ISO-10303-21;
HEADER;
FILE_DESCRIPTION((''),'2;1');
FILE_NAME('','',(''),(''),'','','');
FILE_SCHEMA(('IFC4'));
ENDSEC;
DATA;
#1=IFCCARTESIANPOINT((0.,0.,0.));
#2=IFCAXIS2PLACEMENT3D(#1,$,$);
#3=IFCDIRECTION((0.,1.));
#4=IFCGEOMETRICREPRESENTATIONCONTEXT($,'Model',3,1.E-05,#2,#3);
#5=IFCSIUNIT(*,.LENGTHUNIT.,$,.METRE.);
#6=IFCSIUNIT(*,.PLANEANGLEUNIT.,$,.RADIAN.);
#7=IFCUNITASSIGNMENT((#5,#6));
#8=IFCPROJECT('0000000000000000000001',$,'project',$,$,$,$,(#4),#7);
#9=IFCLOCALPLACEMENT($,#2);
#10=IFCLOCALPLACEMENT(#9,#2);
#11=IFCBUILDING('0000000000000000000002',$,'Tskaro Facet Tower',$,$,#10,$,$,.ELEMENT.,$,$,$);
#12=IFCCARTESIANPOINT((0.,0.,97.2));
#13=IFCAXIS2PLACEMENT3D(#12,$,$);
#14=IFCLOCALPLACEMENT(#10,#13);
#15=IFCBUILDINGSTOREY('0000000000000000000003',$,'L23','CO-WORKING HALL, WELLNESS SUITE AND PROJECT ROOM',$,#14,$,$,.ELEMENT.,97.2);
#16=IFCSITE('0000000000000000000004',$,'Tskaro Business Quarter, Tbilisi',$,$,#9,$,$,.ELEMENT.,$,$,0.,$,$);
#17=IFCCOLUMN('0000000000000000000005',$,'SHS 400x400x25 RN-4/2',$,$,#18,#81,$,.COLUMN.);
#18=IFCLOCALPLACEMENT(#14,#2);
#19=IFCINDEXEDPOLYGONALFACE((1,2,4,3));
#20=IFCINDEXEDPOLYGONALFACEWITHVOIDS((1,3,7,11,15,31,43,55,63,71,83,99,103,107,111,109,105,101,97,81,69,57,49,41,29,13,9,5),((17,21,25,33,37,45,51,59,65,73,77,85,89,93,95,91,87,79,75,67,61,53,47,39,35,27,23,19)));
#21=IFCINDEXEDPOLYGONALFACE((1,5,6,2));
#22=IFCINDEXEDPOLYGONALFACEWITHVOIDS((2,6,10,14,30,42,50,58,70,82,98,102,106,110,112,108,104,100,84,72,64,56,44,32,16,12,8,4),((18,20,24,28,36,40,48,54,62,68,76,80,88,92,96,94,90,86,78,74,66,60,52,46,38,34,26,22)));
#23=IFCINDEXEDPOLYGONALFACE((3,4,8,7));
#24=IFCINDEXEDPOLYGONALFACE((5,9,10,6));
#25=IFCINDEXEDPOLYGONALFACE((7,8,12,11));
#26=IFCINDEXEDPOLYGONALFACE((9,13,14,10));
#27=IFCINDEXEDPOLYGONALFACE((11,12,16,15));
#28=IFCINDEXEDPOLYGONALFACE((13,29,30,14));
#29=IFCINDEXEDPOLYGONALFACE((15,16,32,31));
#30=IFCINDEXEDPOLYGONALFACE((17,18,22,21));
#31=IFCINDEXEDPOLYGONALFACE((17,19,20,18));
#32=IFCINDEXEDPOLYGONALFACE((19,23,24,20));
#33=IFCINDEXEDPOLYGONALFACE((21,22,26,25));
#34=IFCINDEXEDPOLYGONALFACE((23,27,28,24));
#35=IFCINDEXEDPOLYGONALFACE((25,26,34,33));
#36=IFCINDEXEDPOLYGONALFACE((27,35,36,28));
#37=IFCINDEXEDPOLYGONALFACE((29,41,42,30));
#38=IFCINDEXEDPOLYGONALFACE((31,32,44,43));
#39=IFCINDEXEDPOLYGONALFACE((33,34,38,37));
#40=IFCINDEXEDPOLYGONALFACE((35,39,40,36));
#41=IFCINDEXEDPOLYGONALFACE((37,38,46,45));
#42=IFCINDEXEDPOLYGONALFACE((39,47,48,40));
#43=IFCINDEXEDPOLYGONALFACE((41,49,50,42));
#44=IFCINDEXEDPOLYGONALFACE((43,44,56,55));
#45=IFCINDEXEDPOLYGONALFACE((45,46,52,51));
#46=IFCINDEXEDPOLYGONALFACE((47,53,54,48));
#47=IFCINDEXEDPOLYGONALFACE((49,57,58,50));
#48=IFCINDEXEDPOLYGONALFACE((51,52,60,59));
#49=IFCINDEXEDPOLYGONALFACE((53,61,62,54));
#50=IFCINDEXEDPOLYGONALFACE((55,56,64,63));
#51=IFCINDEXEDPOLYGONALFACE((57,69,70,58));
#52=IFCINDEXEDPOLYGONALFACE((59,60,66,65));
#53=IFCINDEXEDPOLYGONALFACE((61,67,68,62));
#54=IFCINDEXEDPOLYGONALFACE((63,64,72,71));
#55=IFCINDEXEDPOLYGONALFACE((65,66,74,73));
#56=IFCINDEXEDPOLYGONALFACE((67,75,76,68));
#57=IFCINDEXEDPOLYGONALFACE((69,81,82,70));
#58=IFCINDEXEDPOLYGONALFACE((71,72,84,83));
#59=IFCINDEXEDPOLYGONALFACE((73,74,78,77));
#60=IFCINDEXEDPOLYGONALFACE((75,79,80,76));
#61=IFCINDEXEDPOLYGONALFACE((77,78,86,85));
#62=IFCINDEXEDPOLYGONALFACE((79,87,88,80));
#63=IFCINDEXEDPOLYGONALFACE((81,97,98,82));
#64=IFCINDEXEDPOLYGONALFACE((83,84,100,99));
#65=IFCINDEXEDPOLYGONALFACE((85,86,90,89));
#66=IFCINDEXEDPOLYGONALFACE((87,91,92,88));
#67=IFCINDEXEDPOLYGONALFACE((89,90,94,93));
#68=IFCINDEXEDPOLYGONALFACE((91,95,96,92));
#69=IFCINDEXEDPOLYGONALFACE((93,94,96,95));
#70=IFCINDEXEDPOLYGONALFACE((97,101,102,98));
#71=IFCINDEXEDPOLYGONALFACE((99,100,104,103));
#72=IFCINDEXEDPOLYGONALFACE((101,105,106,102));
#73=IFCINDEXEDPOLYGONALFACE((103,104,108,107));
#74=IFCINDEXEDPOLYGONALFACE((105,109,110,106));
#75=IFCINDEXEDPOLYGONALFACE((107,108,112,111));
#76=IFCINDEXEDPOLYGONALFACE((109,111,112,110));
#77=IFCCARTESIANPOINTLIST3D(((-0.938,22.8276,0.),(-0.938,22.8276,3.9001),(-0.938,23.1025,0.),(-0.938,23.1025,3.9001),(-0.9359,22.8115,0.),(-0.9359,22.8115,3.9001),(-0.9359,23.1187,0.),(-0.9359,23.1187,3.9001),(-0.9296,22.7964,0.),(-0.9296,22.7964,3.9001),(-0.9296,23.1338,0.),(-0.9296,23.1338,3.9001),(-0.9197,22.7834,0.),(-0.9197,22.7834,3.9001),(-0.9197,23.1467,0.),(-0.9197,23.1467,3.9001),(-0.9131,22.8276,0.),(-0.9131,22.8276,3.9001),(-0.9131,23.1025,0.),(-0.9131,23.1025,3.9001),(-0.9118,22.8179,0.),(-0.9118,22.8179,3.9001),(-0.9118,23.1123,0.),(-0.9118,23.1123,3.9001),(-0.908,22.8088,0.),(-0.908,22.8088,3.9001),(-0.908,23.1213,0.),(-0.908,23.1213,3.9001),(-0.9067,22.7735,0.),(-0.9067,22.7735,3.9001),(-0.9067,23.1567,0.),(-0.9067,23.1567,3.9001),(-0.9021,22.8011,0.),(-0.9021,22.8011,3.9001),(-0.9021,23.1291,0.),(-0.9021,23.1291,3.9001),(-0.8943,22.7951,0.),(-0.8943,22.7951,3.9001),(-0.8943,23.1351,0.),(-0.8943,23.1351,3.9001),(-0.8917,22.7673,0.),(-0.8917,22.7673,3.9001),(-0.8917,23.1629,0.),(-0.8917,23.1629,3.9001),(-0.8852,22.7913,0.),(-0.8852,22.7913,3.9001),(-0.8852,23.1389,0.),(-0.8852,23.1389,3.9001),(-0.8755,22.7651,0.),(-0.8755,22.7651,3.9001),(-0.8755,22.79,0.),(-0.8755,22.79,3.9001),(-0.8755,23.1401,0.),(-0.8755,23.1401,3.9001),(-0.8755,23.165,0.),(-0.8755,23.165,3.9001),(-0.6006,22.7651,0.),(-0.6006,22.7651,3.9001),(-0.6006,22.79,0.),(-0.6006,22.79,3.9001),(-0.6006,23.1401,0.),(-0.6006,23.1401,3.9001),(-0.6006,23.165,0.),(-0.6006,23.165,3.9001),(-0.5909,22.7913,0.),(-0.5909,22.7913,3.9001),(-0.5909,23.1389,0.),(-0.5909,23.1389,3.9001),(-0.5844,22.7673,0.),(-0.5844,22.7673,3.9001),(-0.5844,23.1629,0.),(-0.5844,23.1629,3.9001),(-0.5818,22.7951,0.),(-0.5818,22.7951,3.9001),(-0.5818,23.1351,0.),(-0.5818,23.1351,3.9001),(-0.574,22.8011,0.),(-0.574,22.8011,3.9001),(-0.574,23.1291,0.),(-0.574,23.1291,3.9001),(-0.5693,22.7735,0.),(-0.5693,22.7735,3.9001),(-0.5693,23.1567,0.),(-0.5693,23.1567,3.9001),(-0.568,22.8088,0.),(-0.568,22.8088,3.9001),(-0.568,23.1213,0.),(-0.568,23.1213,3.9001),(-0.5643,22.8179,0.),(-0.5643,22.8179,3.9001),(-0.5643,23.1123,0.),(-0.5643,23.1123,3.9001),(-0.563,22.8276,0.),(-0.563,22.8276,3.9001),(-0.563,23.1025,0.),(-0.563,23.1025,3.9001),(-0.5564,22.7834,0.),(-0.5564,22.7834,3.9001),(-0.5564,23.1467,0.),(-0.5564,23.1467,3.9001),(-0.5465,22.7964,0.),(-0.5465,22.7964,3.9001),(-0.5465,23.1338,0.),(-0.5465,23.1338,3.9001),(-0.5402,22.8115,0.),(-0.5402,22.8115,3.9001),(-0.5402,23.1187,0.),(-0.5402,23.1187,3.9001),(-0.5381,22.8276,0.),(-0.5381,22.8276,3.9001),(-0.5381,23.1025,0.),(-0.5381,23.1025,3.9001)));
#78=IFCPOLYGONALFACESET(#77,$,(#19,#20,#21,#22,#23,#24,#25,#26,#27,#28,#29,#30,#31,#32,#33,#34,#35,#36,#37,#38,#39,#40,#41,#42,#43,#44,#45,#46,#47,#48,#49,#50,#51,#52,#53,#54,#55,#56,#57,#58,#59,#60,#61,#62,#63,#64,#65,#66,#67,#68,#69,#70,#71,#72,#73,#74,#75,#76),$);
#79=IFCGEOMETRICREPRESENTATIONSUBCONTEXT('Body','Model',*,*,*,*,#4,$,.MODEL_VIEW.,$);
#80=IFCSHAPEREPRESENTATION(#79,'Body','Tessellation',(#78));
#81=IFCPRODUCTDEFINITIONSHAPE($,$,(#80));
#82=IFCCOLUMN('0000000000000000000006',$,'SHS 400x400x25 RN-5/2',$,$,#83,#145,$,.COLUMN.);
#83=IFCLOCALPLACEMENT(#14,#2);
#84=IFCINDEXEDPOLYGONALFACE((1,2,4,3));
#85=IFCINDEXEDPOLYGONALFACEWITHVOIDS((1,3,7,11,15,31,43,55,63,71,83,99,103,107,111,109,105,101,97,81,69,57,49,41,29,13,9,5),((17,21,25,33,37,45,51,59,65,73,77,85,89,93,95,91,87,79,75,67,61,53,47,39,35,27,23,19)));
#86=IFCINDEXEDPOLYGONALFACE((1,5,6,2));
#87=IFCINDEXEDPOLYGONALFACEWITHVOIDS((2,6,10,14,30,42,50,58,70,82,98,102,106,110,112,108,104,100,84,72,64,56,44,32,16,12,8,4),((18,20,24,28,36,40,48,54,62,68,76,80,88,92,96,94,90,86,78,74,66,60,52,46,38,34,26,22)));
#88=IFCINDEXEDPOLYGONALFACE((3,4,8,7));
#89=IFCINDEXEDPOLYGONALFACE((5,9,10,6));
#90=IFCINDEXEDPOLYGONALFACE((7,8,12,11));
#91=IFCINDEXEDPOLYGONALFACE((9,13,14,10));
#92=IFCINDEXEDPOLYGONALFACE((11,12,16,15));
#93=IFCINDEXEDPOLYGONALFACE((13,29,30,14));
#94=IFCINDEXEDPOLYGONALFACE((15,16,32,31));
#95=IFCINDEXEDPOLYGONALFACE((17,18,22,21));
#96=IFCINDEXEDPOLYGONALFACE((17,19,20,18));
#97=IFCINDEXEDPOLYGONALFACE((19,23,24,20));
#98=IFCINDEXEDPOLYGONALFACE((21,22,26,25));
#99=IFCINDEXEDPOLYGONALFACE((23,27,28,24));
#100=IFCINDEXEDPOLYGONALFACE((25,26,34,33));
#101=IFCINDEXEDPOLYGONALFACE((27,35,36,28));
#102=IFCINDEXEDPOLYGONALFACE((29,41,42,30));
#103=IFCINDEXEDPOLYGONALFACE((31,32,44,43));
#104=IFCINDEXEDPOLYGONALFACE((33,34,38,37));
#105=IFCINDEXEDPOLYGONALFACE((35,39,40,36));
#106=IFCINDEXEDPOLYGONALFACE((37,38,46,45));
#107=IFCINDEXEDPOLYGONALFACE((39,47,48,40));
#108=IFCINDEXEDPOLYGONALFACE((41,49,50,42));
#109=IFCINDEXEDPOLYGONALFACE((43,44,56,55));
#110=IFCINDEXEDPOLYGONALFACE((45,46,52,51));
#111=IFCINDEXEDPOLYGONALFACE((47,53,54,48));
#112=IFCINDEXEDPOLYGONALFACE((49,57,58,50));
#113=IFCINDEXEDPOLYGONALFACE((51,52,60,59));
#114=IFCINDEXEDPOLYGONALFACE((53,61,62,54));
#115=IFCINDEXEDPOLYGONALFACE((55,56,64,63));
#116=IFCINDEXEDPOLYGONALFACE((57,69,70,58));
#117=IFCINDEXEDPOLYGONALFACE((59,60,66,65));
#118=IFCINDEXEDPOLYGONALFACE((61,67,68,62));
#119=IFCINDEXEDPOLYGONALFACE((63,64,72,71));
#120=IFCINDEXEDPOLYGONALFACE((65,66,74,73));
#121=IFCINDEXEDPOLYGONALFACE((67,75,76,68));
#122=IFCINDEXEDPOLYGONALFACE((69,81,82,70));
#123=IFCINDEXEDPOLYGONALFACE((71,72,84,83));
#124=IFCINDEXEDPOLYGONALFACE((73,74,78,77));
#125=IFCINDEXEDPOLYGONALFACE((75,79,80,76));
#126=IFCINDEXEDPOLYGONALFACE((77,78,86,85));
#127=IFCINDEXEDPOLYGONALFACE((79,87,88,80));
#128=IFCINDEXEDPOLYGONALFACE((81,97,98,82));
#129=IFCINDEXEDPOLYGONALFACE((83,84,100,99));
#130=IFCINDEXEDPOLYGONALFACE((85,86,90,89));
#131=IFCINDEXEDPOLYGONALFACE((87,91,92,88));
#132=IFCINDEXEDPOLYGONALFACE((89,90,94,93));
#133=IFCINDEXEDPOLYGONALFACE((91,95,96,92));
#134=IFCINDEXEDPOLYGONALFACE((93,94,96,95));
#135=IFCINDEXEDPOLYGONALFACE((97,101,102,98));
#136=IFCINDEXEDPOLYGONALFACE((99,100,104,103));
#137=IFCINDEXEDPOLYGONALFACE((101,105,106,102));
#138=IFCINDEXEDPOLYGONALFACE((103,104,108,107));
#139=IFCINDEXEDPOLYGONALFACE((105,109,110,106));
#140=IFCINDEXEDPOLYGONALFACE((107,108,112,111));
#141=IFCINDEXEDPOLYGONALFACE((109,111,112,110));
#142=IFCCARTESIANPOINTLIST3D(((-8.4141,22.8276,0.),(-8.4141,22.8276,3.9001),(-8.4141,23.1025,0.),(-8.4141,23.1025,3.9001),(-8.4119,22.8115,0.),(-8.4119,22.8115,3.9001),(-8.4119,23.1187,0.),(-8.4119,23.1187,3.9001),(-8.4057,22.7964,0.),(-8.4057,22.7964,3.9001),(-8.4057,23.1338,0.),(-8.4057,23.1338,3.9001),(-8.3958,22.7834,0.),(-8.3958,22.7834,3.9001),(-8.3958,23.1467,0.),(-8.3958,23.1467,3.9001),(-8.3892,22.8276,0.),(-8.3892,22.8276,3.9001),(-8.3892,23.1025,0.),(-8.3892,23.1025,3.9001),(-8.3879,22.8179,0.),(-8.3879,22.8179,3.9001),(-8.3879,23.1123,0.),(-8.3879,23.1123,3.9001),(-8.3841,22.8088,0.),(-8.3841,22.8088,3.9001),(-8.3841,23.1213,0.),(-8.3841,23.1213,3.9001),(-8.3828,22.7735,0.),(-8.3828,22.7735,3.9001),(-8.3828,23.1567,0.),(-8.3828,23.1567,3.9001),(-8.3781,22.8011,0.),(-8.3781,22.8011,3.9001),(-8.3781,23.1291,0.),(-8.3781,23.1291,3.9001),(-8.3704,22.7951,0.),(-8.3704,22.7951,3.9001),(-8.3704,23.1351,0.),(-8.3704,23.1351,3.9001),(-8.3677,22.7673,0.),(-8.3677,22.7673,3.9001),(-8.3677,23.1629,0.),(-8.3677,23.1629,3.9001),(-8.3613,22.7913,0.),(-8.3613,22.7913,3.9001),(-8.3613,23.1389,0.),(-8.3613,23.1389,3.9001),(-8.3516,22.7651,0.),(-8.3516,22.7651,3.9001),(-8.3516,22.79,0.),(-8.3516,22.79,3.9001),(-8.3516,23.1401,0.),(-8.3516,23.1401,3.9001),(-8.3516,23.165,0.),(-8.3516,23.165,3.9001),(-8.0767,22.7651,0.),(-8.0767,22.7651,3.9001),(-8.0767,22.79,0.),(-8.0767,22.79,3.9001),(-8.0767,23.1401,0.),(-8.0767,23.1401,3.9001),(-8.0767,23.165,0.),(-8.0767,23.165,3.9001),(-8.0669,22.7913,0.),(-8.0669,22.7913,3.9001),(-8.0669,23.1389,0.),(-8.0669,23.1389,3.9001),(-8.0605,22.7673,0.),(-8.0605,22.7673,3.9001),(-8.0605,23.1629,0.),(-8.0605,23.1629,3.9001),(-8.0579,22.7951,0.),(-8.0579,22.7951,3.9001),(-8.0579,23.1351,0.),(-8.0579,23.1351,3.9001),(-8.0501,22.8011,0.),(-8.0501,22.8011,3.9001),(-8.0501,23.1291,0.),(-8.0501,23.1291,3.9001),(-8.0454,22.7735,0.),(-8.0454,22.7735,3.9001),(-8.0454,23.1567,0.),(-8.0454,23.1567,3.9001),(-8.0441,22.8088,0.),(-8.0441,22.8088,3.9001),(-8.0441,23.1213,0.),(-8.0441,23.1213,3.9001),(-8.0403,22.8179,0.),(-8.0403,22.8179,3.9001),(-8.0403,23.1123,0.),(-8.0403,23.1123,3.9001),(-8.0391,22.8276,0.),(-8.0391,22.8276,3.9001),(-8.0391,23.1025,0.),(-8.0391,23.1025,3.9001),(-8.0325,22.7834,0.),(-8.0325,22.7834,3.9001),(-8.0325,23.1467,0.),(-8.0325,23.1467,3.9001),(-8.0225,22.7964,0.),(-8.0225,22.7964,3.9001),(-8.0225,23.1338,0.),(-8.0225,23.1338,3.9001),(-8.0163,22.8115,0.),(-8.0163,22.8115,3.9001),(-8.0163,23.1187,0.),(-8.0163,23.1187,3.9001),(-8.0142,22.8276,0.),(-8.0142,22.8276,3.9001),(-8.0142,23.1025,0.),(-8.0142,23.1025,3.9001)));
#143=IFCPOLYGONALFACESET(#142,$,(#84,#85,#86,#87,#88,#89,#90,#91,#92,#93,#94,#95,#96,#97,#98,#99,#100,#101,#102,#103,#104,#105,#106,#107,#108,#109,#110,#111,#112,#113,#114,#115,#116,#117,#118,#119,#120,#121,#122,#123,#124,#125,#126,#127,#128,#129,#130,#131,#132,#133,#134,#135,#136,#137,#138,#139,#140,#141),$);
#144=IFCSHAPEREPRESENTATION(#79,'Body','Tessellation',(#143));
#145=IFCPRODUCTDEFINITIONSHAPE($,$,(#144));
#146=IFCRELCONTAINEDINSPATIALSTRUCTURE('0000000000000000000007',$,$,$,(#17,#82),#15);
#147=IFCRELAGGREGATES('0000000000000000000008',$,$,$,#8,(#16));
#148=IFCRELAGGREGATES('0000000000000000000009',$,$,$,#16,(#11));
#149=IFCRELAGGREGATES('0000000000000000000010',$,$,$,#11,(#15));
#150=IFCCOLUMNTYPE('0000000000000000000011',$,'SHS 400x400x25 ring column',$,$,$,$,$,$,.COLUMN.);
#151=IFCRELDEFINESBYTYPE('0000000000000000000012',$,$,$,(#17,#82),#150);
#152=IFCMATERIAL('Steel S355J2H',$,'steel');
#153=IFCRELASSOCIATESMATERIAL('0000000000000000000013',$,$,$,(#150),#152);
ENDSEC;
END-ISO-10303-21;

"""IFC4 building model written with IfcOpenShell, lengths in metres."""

from ifc_helpers import new_model, si_unit, direction, frame, origin, origin_2d, place, context, subcontext, project, spatial, hollow_rectangle, extrude, material, material_profile, profile_set, type_object, element, save


model = new_model("IFC4")

# Units and contexts
model_context = context("Model", 3, precision=1e-05, world=origin(), true_north=direction((0.0, 1.0)))
body_context = subcontext(model_context, "Body", "Model", "MODEL_VIEW")
ifc_project = project(units=[si_unit("LENGTHUNIT", "METRE"), si_unit("PLANEANGLEUNIT", "RADIAN")], contexts=[model_context])

# Site, building, storey
site_placement = place(None, origin())
site = spatial("IfcSite", under=ifc_project, at=site_placement, Name="Tskaro Business Quarter, Tbilisi", CompositionType="ELEMENT", RefElevation=0.0)
building_placement = place(site_placement, origin())
building = spatial("IfcBuilding", under=site, at=building_placement, Name="Tskaro Facet Tower", CompositionType="ELEMENT")
storey_placement = place(building_placement, frame((0.0, 0.0, 97.2)))
storey = spatial("IfcBuildingStorey", under=building, at=storey_placement, Name="L23", Description="CO-WORKING HALL, WELLNESS SUITE AND PROJECT ROOM", CompositionType="ELEMENT", Elevation=97.2)

# Columns
ifc_material_1 = material(Name="Steel S355J2H", Category="steel")
ifc_material_profile_1 = material_profile(ifc_material_1, hollow_rectangle(XDim=0.3999, YDim=0.3999, WallThickness=0.0249, InnerFilletRadius=0.0376, OuterFilletRadius=0.0625, at=origin_2d()), Name="SHS 400x400x25")
ifc_profile_set_1 = profile_set([ifc_material_profile_1], Name="Steel S355J2H")
column_type_1 = type_object("IfcColumnType", Name="SHS 400x400x25 ring column", PredefinedType="COLUMN", material=ifc_profile_set_1)
for number, where, z_axis, x_axis, name in (
    (1, (-0.738, 22.9651, 0.0), (0.0, 0.0, 1.0), (1.0, 0.0, 0.0), "SHS 400x400x25 RN-4/2"),
    (2, (-8.2141, 22.9651, 0.0), (0.0, 0.0, 1.0), (1.0, 0.0, 0.0), "SHS 400x400x25 RN-5/2"),
):
    element("IfcColumn", number, at=place(storey_placement, frame(where, z_axis=z_axis, x_axis=x_axis)), inside=storey, type_object=column_type_1, Name=name, PredefinedType="COLUMN", context=body_context, shape_type="SweptSolid", body=[
        extrude(hollow_rectangle(XDim=0.3999, YDim=0.3999, WallThickness=0.0249, InnerFilletRadius=0.0376, OuterFilletRadius=0.0625, at=origin_2d()), origin(), (0.0, 0.0, 1.0), 3.9001),
    ])

save(model, "model.ifc")
